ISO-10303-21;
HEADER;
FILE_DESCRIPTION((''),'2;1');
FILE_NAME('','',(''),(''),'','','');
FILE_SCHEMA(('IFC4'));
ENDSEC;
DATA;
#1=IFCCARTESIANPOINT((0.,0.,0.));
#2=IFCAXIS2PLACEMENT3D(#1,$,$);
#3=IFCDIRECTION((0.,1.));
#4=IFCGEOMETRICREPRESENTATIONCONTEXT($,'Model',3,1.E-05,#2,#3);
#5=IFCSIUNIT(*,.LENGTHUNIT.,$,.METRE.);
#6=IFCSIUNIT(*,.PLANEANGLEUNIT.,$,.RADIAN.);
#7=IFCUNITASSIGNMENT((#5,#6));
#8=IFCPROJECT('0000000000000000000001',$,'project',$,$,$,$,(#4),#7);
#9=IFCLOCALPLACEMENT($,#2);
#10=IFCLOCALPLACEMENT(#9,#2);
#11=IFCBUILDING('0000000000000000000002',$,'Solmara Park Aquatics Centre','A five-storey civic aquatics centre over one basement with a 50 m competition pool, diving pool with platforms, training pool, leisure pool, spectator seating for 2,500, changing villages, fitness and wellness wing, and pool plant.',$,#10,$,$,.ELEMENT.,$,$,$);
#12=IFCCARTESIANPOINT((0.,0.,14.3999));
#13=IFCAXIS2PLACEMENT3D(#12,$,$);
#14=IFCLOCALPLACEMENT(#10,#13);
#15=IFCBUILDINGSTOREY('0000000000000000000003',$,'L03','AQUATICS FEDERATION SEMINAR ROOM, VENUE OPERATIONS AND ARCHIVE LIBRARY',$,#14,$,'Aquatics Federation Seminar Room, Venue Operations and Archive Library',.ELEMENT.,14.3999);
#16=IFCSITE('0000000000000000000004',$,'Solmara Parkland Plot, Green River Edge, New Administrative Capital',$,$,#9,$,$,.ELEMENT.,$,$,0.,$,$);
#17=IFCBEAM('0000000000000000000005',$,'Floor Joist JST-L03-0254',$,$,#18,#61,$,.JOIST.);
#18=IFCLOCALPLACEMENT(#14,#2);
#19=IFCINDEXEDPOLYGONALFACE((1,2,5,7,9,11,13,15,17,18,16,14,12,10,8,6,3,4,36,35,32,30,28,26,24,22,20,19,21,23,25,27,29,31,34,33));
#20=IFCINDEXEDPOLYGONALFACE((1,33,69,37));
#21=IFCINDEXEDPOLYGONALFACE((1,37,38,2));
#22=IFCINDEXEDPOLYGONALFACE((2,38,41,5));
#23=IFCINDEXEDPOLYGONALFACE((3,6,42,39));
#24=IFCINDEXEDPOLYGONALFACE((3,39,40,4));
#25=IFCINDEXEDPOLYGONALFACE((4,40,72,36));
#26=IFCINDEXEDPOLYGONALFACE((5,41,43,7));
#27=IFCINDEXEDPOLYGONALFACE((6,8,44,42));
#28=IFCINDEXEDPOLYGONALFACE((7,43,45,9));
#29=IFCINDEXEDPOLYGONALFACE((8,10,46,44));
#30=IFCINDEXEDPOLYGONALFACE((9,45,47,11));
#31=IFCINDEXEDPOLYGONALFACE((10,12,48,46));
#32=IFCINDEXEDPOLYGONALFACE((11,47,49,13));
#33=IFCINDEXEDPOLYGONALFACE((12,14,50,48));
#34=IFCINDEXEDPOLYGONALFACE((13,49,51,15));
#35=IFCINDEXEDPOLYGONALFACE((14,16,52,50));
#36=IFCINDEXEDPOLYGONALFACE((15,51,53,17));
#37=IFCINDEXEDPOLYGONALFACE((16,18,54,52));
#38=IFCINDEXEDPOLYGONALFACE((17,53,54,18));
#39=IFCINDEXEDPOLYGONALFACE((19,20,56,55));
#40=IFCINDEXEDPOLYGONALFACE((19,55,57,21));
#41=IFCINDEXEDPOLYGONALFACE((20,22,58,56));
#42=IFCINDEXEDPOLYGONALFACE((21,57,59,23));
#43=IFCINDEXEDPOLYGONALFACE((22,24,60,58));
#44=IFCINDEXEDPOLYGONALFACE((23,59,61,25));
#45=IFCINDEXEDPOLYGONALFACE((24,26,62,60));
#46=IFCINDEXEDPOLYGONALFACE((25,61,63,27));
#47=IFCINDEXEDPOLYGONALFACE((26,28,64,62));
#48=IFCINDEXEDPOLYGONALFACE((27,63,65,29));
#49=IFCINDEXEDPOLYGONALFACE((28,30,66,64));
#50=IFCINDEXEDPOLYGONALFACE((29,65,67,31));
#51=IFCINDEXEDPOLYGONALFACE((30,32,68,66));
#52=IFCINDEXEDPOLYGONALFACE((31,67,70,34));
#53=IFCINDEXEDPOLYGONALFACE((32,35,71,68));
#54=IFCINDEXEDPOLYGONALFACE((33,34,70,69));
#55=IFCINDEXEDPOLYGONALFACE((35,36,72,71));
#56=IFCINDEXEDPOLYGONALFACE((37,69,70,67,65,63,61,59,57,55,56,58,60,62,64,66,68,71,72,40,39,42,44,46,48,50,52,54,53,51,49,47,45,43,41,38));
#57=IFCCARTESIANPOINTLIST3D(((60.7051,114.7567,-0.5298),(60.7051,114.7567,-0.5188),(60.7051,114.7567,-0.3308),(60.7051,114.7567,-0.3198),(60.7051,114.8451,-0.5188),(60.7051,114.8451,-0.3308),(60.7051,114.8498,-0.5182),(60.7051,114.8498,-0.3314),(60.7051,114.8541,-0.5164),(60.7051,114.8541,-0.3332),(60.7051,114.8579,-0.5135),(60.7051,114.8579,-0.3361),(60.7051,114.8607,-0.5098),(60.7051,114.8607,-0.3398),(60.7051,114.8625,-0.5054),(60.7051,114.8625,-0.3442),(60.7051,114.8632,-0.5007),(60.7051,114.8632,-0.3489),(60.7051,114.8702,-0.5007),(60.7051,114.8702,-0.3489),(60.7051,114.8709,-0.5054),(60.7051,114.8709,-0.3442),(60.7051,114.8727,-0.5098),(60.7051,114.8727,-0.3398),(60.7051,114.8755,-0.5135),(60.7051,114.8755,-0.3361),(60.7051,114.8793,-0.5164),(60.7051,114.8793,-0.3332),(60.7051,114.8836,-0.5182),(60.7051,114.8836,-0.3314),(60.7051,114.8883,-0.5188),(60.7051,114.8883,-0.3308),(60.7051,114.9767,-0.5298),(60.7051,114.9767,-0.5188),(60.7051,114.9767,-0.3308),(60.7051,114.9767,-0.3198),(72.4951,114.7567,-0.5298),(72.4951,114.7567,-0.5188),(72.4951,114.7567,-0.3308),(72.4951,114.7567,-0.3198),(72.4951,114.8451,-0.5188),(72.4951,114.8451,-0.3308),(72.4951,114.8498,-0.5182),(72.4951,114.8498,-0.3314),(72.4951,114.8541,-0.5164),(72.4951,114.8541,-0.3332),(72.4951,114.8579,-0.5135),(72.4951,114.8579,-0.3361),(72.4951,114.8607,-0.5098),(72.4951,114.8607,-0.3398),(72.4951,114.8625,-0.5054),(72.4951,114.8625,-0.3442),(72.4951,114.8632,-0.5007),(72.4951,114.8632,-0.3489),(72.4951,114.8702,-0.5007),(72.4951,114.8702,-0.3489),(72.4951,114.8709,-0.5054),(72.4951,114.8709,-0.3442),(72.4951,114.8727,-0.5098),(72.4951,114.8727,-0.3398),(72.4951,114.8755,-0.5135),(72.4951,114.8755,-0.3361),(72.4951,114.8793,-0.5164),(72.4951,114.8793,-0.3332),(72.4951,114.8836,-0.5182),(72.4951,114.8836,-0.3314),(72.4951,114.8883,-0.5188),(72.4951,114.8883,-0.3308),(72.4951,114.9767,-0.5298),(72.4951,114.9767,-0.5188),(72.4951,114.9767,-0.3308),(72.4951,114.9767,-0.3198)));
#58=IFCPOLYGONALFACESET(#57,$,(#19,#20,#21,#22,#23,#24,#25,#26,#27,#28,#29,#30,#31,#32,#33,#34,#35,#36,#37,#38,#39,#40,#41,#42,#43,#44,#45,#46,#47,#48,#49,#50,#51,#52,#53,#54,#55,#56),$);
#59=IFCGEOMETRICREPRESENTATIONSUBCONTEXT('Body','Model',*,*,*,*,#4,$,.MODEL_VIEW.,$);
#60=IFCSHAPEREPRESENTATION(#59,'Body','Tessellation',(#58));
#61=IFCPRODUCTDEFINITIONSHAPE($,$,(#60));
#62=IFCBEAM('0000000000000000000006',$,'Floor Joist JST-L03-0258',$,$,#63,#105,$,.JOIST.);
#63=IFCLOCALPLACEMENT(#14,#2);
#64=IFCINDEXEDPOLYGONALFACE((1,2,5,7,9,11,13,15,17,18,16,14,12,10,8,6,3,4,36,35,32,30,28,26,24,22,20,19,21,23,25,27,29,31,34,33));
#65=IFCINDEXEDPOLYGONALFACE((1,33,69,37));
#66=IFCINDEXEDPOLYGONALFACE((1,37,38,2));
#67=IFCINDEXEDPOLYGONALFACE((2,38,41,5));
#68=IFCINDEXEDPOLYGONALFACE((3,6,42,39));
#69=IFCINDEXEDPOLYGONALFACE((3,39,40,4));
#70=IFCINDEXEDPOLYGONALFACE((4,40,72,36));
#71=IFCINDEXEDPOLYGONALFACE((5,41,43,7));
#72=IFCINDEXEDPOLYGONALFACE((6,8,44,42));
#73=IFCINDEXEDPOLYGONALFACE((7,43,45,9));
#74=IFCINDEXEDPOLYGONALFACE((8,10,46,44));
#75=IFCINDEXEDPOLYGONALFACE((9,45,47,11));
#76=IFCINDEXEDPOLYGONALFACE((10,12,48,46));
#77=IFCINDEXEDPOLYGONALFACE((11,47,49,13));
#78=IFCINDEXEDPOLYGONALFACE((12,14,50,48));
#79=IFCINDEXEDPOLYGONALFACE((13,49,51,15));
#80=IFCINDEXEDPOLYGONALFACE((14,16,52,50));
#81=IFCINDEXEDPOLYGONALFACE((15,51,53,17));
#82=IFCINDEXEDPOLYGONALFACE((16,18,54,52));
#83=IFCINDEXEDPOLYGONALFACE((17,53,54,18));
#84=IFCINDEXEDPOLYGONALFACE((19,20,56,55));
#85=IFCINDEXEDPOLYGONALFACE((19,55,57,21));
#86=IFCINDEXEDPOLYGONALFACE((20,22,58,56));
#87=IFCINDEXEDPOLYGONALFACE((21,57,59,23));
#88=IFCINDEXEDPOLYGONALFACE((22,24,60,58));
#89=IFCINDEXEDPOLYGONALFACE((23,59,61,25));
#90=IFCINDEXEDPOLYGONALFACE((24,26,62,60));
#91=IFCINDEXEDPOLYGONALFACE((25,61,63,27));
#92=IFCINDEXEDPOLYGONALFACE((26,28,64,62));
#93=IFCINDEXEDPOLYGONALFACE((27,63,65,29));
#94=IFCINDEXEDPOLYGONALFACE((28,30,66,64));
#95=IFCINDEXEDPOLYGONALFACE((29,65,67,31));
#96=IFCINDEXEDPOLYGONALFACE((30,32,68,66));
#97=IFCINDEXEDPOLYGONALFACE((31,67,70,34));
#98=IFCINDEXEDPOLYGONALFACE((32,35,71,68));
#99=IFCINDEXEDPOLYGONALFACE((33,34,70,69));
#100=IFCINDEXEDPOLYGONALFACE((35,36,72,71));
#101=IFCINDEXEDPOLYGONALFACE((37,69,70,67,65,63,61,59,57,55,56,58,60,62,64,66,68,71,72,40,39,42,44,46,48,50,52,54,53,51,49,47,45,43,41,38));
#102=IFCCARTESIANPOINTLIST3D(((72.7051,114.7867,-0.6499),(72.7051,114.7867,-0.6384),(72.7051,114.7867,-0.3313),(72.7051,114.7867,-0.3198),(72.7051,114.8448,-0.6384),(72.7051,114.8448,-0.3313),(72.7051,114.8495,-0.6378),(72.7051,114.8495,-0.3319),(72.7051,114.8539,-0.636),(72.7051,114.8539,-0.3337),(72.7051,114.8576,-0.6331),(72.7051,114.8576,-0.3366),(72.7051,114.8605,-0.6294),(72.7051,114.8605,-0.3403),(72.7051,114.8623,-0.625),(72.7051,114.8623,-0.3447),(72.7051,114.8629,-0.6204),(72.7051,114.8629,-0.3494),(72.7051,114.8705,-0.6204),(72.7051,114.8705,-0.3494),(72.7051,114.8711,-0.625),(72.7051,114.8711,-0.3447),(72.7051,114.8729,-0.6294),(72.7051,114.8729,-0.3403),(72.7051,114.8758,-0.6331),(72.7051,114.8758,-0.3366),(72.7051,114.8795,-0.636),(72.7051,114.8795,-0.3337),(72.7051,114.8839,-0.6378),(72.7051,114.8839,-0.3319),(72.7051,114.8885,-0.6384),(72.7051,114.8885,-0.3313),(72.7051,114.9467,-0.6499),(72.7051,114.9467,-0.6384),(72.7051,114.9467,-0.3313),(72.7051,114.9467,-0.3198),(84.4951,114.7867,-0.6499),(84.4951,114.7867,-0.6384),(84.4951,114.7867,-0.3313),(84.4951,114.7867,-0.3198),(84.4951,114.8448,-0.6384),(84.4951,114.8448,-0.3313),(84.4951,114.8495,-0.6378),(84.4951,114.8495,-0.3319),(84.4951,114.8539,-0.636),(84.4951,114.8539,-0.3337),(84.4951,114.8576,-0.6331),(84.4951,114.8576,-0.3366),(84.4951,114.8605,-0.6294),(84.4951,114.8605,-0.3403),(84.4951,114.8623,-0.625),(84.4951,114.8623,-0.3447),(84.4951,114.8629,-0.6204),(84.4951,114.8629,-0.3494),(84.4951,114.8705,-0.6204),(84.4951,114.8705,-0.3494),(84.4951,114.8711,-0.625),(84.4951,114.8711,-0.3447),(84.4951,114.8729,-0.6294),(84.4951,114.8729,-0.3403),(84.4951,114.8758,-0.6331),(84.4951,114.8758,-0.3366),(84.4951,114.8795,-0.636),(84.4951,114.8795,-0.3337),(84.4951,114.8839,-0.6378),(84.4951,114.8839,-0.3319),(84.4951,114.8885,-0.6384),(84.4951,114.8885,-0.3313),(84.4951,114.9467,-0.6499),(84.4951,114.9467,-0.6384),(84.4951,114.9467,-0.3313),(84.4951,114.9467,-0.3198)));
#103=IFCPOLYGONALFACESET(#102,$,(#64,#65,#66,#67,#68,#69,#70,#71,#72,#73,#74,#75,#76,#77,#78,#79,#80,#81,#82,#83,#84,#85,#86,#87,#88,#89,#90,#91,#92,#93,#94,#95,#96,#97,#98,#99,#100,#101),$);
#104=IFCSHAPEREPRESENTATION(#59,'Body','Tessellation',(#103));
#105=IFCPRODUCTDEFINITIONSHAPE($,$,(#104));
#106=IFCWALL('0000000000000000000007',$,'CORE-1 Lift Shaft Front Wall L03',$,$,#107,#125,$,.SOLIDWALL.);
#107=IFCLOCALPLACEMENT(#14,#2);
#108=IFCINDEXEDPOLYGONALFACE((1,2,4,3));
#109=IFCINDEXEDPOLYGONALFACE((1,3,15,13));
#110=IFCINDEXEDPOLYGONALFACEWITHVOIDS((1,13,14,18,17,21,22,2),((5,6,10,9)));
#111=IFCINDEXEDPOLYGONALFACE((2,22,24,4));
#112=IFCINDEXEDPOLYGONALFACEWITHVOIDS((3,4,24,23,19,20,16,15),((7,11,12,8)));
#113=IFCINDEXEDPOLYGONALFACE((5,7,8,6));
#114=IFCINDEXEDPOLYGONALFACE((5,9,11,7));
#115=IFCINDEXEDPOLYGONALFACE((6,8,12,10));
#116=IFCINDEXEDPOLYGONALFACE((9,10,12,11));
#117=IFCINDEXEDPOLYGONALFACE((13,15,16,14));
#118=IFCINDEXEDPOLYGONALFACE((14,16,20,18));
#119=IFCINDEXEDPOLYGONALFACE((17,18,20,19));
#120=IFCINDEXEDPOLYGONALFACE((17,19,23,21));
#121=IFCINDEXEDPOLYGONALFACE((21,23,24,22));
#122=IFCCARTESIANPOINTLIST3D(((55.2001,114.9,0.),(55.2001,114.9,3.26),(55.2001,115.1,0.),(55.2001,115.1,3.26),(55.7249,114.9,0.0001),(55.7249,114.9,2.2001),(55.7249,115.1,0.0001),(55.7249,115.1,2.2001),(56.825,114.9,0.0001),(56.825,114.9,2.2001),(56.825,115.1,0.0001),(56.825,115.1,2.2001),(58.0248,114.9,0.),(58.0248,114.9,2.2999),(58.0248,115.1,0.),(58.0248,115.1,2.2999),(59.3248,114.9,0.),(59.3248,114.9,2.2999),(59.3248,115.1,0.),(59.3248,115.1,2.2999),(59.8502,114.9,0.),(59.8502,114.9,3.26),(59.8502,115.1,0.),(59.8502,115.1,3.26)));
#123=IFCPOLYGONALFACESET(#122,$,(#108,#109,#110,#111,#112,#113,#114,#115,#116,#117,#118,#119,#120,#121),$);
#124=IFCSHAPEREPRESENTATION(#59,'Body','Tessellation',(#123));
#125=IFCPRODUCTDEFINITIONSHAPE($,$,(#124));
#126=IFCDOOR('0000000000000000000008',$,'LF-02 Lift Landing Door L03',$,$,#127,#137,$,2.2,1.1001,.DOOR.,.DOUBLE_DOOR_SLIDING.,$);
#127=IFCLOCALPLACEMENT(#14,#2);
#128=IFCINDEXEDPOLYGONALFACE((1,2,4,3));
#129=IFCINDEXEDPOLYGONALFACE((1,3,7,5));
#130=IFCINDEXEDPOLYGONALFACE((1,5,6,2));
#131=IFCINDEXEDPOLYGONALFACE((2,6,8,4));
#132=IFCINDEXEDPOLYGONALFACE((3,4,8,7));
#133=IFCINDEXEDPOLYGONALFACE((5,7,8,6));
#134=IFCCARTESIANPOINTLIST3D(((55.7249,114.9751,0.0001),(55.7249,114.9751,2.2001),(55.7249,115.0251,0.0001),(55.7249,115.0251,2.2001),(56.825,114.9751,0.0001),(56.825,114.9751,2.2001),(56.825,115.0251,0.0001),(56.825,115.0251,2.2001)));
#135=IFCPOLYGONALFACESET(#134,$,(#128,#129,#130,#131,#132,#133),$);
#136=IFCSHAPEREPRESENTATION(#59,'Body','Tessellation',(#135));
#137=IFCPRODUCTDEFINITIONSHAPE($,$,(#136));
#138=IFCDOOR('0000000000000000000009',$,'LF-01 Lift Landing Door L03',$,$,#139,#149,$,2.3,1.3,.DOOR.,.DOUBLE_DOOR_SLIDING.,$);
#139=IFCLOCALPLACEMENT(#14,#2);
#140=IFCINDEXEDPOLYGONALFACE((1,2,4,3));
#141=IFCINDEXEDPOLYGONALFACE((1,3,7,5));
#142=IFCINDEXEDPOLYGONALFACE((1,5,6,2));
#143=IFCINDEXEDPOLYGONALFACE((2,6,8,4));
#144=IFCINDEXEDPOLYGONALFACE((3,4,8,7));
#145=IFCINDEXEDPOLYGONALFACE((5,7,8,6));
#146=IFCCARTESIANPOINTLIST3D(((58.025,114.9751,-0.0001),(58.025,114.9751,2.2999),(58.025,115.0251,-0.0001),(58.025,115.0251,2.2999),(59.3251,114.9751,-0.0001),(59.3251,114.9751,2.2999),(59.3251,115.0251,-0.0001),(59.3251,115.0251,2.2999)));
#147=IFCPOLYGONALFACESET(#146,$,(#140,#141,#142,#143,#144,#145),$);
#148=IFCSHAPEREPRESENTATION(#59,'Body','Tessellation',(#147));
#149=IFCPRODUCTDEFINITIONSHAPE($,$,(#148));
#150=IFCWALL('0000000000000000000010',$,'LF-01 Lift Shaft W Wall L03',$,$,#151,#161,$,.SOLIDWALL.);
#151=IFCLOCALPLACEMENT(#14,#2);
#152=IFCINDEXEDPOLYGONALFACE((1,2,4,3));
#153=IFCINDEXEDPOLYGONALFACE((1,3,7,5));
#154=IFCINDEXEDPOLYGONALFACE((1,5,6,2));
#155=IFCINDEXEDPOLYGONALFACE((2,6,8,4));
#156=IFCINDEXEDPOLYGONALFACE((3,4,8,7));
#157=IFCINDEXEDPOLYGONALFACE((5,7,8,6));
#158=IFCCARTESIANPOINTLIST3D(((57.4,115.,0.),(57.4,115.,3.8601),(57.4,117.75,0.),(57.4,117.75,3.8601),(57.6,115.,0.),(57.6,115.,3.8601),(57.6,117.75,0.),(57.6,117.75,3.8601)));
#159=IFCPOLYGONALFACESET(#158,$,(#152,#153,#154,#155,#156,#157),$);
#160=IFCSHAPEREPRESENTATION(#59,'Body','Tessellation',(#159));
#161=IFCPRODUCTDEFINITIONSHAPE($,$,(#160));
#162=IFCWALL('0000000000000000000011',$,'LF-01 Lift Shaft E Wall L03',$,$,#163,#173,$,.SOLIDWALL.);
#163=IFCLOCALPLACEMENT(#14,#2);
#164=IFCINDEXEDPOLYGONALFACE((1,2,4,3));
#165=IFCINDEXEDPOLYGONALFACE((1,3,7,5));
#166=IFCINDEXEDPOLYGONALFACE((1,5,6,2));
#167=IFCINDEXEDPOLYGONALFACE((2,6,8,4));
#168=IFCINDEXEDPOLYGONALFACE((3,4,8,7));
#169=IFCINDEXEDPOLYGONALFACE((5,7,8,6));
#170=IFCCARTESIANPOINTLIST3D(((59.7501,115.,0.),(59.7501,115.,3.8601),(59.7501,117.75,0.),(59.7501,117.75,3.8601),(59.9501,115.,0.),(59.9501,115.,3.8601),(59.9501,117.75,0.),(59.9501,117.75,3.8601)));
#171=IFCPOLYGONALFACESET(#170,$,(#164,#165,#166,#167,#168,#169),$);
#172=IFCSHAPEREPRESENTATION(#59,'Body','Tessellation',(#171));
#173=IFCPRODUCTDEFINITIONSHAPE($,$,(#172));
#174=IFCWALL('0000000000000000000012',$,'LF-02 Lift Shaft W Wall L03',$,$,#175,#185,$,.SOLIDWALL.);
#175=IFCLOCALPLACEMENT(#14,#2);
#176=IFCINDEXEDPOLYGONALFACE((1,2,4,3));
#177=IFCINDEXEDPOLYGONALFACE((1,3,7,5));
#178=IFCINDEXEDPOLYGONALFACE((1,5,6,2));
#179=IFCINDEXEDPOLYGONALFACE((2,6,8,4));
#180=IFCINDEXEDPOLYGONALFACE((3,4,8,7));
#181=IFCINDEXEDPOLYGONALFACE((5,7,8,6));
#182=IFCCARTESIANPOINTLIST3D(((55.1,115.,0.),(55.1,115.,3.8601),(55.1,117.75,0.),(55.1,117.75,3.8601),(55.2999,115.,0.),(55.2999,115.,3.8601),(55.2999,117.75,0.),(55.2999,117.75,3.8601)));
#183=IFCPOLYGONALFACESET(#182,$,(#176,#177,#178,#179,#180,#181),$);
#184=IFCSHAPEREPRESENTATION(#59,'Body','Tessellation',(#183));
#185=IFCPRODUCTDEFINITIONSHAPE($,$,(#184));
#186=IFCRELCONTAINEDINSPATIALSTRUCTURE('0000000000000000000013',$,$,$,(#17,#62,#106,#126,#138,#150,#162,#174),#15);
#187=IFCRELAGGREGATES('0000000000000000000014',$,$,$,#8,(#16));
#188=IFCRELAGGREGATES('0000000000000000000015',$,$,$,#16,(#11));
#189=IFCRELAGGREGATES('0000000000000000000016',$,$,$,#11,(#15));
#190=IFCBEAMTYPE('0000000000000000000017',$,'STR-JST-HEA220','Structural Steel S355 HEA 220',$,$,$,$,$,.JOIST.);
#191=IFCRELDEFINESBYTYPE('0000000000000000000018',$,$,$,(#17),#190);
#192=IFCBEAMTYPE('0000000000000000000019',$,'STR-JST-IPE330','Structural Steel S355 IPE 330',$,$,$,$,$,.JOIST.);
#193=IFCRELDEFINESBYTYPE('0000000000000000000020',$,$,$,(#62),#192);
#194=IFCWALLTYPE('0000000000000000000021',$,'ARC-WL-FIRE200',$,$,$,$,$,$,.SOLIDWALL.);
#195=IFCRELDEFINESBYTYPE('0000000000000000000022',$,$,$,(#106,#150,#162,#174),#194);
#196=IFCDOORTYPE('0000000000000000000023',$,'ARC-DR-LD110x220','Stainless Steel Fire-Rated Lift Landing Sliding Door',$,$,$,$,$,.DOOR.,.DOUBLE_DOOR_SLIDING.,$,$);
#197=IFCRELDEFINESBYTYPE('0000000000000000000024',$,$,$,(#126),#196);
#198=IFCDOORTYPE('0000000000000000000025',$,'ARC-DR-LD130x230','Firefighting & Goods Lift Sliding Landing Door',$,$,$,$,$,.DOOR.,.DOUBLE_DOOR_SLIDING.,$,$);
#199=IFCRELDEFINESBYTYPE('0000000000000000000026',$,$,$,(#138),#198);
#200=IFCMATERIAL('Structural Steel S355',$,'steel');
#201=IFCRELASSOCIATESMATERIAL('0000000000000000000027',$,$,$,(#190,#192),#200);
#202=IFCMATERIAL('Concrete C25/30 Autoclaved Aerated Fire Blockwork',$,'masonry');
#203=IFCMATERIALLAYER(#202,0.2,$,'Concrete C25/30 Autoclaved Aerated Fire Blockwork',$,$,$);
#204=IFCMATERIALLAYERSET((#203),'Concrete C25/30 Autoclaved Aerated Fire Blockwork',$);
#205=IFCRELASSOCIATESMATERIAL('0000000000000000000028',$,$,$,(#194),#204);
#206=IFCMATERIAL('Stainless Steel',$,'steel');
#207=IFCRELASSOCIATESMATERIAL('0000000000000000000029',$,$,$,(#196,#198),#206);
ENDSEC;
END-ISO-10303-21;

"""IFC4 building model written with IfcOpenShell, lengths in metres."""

from ifc_helpers import new_model, si_unit, direction, frame, frame_2d, origin, origin_2d, place, context, subcontext, project, spatial, rectangle, i_section, extrude, material, layer, layer_set, material_profile, profile_set, type_object, element, fill, save


model = new_model("IFC4")

# Units and contexts
model_context = context("Model", 3, precision=1e-05, world=origin(), true_north=direction((0.0, 1.0)))
body_context = subcontext(model_context, "Body", "Model", "MODEL_VIEW")
ifc_project = project(units=[si_unit("LENGTHUNIT", "METRE"), si_unit("PLANEANGLEUNIT", "RADIAN")], contexts=[model_context])

# Site, building, storey
site_placement = place(None, origin())
site = spatial("IfcSite", under=ifc_project, at=site_placement, Name="Solmara Parkland Plot, Green River Edge, New Administrative Capital", CompositionType="ELEMENT", RefElevation=0.0)
building_placement = place(site_placement, origin())
building = spatial("IfcBuilding", under=site, at=building_placement, Name="Solmara Park Aquatics Centre", Description="A five-storey civic aquatics centre over one basement with a 50 m competition pool, diving pool with platforms, training pool, leisure pool, spectator seating for 2,500, changing villages, fitness and wellness wing, and pool plant.", CompositionType="ELEMENT")
storey_placement = place(building_placement, frame((0.0, 0.0, 14.3999)))
storey = spatial("IfcBuildingStorey", under=building, at=storey_placement, Name="L03", Description="AQUATICS FEDERATION SEMINAR ROOM, VENUE OPERATIONS AND ARCHIVE LIBRARY", LongName="Aquatics Federation Seminar Room, Venue Operations and Archive Library", CompositionType="ELEMENT", Elevation=14.3999)

# Beams
ifc_material_1 = material(Name="Structural Steel S355", Category="steel")
ifc_material_profile_1 = material_profile(ifc_material_1, i_section(OverallWidth=0.22, OverallDepth=0.21, WebThickness=0.0071, FlangeThickness=0.011, FilletRadius=0.0181, at=origin_2d()), Name="HEA 220")
ifc_profile_set_1 = profile_set([ifc_material_profile_1], Name="Structural Steel S355")
beam_type_1 = type_object("IfcBeamType", Name="STR-JST-HEA220", Description="Structural Steel S355 HEA 220", PredefinedType="JOIST", material=ifc_profile_set_1)
beam_1_placement = place(storey_placement, frame((60.7051, 114.8667, -0.4248), z_axis=(1.0, 0.0, 0.0), x_axis=(0.0, 1.0, 0.0)))
element("IfcBeam", 1, at=beam_1_placement, inside=storey, type_object=beam_type_1, Name="Floor Joist JST-L03-0254", PredefinedType="JOIST", context=body_context, shape_type="SweptSolid", body=[
    extrude(i_section(OverallWidth=0.22, OverallDepth=0.21, WebThickness=0.0071, FlangeThickness=0.011, FilletRadius=0.0181, at=origin_2d()), origin(), (0.0, 0.0, 1.0), 11.79),
])
ifc_material_profile_2 = material_profile(ifc_material_1, i_section(OverallWidth=0.1599, OverallDepth=0.3301, WebThickness=0.0076, FlangeThickness=0.0115, FilletRadius=0.0181, at=origin_2d()), Name="IPE 330")
ifc_profile_set_2 = profile_set([ifc_material_profile_2], Name="Structural Steel S355")
beam_type_2 = type_object("IfcBeamType", Name="STR-JST-IPE330", Description="Structural Steel S355 IPE 330", PredefinedType="JOIST", material=ifc_profile_set_2)
beam_2_placement = place(storey_placement, frame((72.7051, 114.8667, -0.4849), z_axis=(1.0, 0.0, 0.0), x_axis=(0.0, 1.0, 0.0)))
element("IfcBeam", 2, at=beam_2_placement, inside=storey, type_object=beam_type_2, Name="Floor Joist JST-L03-0258", PredefinedType="JOIST", context=body_context, shape_type="SweptSolid", body=[
    extrude(i_section(OverallWidth=0.1599, OverallDepth=0.3301, WebThickness=0.0076, FlangeThickness=0.0115, FilletRadius=0.0181, at=origin_2d()), origin(), (0.0, 0.0, 1.0), 11.79),
])

# Wall, openings, doors
ifc_material_2 = material(Name="Concrete C25/30 Autoclaved Aerated Fire Blockwork", Category="masonry")
ifc_layer_1 = layer(ifc_material_2, 0.2, Name="Concrete C25/30 Autoclaved Aerated Fire Blockwork")
ifc_layer_set_1 = layer_set([ifc_layer_1], Name="Concrete C25/30 Autoclaved Aerated Fire Blockwork")
wall_type_1 = type_object("IfcWallType", Name="ARC-WL-FIRE200", PredefinedType="SOLIDWALL", material=ifc_layer_set_1)
wall_1_placement = place(storey_placement, frame((55.2, 115.0, 0.0), z_axis=(0.0, 0.0, 1.0), x_axis=(1.0, 0.0, 0.0)))
wall_1 = element("IfcWall", 3, at=wall_1_placement, inside=storey, type_object=wall_type_1, Name="CORE-1 Lift Shaft Front Wall L03", PredefinedType="SOLIDWALL", context=body_context, shape_type="SweptSolid", body=[
    extrude(rectangle(XDim=4.6501, YDim=0.2, at=frame_2d((2.3252, 0.0))), origin(), (0.0, 0.0, 1.0), 3.26),
])
opening_1_placement = place(wall_1_placement, frame((2.825, 0.0, 0.0)))
opening_1 = element("IfcOpeningElement", 4, at=opening_1_placement, cuts=wall_1, PredefinedType="OPENING", context=body_context, shape_type="SweptSolid", body=[
    extrude(rectangle(XDim=1.3, YDim=2.3, at=frame_2d((0.6499, 1.1499))), frame((0.0, 0.1099, 0.0), z_axis=(0.0, -1.0, 0.0), x_axis=(1.0, 0.0, 0.0)), (0.0, 0.0, 1.0), 0.22),
])
opening_2_placement = place(wall_1_placement, frame((0.5249, 0.0, 0.0)))
opening_2 = element("IfcOpeningElement", 5, at=opening_2_placement, cuts=wall_1, PredefinedType="OPENING", context=body_context, shape_type="SweptSolid", body=[
    extrude(rectangle(XDim=1.1001, YDim=2.2, at=frame_2d((0.55, 1.1001))), frame((0.0, 0.1099, 0.0), z_axis=(0.0, -1.0, 0.0), x_axis=(1.0, 0.0, 0.0)), (0.0, 0.0, 1.0), 0.22),
])
ifc_material_3 = material(Name="Stainless Steel", Category="steel")
door_type_1 = type_object("IfcDoorType", Name="ARC-DR-LD110x220", Description="Stainless Steel Fire-Rated Lift Landing Sliding Door", OperationType="DOUBLE_DOOR_SLIDING", PredefinedType="DOOR", material=ifc_material_3)
door_1_placement = place(opening_2_placement, frame((1.1001, 0.0, 0.0), z_axis=(0.0, 0.0, 1.0), x_axis=(-1.0, 0.0, 0.0)))
door_1 = element("IfcDoor", 6, at=door_1_placement, inside=storey, type_object=door_type_1, Name="LF-02 Lift Landing Door L03", OperationType="DOUBLE_DOOR_SLIDING", OverallHeight=2.2, OverallWidth=1.1001, PredefinedType="DOOR", context=body_context, shape_type="SweptSolid", body=[
    extrude(rectangle(XDim=1.1001, YDim=2.2, at=frame_2d((0.55, 1.1001))), frame((0.0, 0.0249, 0.0), z_axis=(0.0, -1.0, 0.0), x_axis=(1.0, 0.0, 0.0)), (0.0, 0.0, 1.0), 0.05),
])
fill(opening_2, door_1)
door_type_2 = type_object("IfcDoorType", Name="ARC-DR-LD130x230", Description="Firefighting & Goods Lift Sliding Landing Door", OperationType="DOUBLE_DOOR_SLIDING", PredefinedType="DOOR", material=ifc_material_3)
door_2_placement = place(opening_1_placement, frame((1.3, 0.0, 0.0), z_axis=(0.0, 0.0, 1.0), x_axis=(-1.0, 0.0, 0.0)))
door_2 = element("IfcDoor", 7, at=door_2_placement, inside=storey, type_object=door_type_2, Name="LF-01 Lift Landing Door L03", OperationType="DOUBLE_DOOR_SLIDING", OverallHeight=2.3, OverallWidth=1.3, PredefinedType="DOOR", context=body_context, shape_type="SweptSolid", body=[
    extrude(rectangle(XDim=1.3, YDim=2.3, at=frame_2d((0.6499, 1.1499))), frame((0.0, 0.0249, 0.0), z_axis=(0.0, -1.0, 0.0), x_axis=(1.0, 0.0, 0.0)), (0.0, 0.0, 1.0), 0.05),
])
fill(opening_1, door_2)

# Walls
for number, where, z_axis, x_axis, name in (
    (8, (57.5, 115.0, 0.0), (0.0, 0.0, 1.0), (0.0, 1.0, 0.0), "LF-01 Lift Shaft W Wall L03"),
    (9, (59.8501, 115.0, 0.0), (0.0, 0.0, 1.0), (0.0, 1.0, 0.0), "LF-01 Lift Shaft E Wall L03"),
    (10, (55.2, 115.0, 0.0), (0.0, 0.0, 1.0), (0.0, 1.0, 0.0), "LF-02 Lift Shaft W Wall L03"),
):
    element("IfcWall", number, at=place(storey_placement, frame(where, z_axis=z_axis, x_axis=x_axis)), inside=storey, type_object=wall_type_1, Name=name, PredefinedType="SOLIDWALL", context=body_context, shape_type="SweptSolid", body=[
        extrude(rectangle(XDim=2.75, YDim=0.2, at=frame_2d((1.375, 0.0))), origin(), (0.0, 0.0, 1.0), 3.8601),
    ])

save(model, "model.ifc")
